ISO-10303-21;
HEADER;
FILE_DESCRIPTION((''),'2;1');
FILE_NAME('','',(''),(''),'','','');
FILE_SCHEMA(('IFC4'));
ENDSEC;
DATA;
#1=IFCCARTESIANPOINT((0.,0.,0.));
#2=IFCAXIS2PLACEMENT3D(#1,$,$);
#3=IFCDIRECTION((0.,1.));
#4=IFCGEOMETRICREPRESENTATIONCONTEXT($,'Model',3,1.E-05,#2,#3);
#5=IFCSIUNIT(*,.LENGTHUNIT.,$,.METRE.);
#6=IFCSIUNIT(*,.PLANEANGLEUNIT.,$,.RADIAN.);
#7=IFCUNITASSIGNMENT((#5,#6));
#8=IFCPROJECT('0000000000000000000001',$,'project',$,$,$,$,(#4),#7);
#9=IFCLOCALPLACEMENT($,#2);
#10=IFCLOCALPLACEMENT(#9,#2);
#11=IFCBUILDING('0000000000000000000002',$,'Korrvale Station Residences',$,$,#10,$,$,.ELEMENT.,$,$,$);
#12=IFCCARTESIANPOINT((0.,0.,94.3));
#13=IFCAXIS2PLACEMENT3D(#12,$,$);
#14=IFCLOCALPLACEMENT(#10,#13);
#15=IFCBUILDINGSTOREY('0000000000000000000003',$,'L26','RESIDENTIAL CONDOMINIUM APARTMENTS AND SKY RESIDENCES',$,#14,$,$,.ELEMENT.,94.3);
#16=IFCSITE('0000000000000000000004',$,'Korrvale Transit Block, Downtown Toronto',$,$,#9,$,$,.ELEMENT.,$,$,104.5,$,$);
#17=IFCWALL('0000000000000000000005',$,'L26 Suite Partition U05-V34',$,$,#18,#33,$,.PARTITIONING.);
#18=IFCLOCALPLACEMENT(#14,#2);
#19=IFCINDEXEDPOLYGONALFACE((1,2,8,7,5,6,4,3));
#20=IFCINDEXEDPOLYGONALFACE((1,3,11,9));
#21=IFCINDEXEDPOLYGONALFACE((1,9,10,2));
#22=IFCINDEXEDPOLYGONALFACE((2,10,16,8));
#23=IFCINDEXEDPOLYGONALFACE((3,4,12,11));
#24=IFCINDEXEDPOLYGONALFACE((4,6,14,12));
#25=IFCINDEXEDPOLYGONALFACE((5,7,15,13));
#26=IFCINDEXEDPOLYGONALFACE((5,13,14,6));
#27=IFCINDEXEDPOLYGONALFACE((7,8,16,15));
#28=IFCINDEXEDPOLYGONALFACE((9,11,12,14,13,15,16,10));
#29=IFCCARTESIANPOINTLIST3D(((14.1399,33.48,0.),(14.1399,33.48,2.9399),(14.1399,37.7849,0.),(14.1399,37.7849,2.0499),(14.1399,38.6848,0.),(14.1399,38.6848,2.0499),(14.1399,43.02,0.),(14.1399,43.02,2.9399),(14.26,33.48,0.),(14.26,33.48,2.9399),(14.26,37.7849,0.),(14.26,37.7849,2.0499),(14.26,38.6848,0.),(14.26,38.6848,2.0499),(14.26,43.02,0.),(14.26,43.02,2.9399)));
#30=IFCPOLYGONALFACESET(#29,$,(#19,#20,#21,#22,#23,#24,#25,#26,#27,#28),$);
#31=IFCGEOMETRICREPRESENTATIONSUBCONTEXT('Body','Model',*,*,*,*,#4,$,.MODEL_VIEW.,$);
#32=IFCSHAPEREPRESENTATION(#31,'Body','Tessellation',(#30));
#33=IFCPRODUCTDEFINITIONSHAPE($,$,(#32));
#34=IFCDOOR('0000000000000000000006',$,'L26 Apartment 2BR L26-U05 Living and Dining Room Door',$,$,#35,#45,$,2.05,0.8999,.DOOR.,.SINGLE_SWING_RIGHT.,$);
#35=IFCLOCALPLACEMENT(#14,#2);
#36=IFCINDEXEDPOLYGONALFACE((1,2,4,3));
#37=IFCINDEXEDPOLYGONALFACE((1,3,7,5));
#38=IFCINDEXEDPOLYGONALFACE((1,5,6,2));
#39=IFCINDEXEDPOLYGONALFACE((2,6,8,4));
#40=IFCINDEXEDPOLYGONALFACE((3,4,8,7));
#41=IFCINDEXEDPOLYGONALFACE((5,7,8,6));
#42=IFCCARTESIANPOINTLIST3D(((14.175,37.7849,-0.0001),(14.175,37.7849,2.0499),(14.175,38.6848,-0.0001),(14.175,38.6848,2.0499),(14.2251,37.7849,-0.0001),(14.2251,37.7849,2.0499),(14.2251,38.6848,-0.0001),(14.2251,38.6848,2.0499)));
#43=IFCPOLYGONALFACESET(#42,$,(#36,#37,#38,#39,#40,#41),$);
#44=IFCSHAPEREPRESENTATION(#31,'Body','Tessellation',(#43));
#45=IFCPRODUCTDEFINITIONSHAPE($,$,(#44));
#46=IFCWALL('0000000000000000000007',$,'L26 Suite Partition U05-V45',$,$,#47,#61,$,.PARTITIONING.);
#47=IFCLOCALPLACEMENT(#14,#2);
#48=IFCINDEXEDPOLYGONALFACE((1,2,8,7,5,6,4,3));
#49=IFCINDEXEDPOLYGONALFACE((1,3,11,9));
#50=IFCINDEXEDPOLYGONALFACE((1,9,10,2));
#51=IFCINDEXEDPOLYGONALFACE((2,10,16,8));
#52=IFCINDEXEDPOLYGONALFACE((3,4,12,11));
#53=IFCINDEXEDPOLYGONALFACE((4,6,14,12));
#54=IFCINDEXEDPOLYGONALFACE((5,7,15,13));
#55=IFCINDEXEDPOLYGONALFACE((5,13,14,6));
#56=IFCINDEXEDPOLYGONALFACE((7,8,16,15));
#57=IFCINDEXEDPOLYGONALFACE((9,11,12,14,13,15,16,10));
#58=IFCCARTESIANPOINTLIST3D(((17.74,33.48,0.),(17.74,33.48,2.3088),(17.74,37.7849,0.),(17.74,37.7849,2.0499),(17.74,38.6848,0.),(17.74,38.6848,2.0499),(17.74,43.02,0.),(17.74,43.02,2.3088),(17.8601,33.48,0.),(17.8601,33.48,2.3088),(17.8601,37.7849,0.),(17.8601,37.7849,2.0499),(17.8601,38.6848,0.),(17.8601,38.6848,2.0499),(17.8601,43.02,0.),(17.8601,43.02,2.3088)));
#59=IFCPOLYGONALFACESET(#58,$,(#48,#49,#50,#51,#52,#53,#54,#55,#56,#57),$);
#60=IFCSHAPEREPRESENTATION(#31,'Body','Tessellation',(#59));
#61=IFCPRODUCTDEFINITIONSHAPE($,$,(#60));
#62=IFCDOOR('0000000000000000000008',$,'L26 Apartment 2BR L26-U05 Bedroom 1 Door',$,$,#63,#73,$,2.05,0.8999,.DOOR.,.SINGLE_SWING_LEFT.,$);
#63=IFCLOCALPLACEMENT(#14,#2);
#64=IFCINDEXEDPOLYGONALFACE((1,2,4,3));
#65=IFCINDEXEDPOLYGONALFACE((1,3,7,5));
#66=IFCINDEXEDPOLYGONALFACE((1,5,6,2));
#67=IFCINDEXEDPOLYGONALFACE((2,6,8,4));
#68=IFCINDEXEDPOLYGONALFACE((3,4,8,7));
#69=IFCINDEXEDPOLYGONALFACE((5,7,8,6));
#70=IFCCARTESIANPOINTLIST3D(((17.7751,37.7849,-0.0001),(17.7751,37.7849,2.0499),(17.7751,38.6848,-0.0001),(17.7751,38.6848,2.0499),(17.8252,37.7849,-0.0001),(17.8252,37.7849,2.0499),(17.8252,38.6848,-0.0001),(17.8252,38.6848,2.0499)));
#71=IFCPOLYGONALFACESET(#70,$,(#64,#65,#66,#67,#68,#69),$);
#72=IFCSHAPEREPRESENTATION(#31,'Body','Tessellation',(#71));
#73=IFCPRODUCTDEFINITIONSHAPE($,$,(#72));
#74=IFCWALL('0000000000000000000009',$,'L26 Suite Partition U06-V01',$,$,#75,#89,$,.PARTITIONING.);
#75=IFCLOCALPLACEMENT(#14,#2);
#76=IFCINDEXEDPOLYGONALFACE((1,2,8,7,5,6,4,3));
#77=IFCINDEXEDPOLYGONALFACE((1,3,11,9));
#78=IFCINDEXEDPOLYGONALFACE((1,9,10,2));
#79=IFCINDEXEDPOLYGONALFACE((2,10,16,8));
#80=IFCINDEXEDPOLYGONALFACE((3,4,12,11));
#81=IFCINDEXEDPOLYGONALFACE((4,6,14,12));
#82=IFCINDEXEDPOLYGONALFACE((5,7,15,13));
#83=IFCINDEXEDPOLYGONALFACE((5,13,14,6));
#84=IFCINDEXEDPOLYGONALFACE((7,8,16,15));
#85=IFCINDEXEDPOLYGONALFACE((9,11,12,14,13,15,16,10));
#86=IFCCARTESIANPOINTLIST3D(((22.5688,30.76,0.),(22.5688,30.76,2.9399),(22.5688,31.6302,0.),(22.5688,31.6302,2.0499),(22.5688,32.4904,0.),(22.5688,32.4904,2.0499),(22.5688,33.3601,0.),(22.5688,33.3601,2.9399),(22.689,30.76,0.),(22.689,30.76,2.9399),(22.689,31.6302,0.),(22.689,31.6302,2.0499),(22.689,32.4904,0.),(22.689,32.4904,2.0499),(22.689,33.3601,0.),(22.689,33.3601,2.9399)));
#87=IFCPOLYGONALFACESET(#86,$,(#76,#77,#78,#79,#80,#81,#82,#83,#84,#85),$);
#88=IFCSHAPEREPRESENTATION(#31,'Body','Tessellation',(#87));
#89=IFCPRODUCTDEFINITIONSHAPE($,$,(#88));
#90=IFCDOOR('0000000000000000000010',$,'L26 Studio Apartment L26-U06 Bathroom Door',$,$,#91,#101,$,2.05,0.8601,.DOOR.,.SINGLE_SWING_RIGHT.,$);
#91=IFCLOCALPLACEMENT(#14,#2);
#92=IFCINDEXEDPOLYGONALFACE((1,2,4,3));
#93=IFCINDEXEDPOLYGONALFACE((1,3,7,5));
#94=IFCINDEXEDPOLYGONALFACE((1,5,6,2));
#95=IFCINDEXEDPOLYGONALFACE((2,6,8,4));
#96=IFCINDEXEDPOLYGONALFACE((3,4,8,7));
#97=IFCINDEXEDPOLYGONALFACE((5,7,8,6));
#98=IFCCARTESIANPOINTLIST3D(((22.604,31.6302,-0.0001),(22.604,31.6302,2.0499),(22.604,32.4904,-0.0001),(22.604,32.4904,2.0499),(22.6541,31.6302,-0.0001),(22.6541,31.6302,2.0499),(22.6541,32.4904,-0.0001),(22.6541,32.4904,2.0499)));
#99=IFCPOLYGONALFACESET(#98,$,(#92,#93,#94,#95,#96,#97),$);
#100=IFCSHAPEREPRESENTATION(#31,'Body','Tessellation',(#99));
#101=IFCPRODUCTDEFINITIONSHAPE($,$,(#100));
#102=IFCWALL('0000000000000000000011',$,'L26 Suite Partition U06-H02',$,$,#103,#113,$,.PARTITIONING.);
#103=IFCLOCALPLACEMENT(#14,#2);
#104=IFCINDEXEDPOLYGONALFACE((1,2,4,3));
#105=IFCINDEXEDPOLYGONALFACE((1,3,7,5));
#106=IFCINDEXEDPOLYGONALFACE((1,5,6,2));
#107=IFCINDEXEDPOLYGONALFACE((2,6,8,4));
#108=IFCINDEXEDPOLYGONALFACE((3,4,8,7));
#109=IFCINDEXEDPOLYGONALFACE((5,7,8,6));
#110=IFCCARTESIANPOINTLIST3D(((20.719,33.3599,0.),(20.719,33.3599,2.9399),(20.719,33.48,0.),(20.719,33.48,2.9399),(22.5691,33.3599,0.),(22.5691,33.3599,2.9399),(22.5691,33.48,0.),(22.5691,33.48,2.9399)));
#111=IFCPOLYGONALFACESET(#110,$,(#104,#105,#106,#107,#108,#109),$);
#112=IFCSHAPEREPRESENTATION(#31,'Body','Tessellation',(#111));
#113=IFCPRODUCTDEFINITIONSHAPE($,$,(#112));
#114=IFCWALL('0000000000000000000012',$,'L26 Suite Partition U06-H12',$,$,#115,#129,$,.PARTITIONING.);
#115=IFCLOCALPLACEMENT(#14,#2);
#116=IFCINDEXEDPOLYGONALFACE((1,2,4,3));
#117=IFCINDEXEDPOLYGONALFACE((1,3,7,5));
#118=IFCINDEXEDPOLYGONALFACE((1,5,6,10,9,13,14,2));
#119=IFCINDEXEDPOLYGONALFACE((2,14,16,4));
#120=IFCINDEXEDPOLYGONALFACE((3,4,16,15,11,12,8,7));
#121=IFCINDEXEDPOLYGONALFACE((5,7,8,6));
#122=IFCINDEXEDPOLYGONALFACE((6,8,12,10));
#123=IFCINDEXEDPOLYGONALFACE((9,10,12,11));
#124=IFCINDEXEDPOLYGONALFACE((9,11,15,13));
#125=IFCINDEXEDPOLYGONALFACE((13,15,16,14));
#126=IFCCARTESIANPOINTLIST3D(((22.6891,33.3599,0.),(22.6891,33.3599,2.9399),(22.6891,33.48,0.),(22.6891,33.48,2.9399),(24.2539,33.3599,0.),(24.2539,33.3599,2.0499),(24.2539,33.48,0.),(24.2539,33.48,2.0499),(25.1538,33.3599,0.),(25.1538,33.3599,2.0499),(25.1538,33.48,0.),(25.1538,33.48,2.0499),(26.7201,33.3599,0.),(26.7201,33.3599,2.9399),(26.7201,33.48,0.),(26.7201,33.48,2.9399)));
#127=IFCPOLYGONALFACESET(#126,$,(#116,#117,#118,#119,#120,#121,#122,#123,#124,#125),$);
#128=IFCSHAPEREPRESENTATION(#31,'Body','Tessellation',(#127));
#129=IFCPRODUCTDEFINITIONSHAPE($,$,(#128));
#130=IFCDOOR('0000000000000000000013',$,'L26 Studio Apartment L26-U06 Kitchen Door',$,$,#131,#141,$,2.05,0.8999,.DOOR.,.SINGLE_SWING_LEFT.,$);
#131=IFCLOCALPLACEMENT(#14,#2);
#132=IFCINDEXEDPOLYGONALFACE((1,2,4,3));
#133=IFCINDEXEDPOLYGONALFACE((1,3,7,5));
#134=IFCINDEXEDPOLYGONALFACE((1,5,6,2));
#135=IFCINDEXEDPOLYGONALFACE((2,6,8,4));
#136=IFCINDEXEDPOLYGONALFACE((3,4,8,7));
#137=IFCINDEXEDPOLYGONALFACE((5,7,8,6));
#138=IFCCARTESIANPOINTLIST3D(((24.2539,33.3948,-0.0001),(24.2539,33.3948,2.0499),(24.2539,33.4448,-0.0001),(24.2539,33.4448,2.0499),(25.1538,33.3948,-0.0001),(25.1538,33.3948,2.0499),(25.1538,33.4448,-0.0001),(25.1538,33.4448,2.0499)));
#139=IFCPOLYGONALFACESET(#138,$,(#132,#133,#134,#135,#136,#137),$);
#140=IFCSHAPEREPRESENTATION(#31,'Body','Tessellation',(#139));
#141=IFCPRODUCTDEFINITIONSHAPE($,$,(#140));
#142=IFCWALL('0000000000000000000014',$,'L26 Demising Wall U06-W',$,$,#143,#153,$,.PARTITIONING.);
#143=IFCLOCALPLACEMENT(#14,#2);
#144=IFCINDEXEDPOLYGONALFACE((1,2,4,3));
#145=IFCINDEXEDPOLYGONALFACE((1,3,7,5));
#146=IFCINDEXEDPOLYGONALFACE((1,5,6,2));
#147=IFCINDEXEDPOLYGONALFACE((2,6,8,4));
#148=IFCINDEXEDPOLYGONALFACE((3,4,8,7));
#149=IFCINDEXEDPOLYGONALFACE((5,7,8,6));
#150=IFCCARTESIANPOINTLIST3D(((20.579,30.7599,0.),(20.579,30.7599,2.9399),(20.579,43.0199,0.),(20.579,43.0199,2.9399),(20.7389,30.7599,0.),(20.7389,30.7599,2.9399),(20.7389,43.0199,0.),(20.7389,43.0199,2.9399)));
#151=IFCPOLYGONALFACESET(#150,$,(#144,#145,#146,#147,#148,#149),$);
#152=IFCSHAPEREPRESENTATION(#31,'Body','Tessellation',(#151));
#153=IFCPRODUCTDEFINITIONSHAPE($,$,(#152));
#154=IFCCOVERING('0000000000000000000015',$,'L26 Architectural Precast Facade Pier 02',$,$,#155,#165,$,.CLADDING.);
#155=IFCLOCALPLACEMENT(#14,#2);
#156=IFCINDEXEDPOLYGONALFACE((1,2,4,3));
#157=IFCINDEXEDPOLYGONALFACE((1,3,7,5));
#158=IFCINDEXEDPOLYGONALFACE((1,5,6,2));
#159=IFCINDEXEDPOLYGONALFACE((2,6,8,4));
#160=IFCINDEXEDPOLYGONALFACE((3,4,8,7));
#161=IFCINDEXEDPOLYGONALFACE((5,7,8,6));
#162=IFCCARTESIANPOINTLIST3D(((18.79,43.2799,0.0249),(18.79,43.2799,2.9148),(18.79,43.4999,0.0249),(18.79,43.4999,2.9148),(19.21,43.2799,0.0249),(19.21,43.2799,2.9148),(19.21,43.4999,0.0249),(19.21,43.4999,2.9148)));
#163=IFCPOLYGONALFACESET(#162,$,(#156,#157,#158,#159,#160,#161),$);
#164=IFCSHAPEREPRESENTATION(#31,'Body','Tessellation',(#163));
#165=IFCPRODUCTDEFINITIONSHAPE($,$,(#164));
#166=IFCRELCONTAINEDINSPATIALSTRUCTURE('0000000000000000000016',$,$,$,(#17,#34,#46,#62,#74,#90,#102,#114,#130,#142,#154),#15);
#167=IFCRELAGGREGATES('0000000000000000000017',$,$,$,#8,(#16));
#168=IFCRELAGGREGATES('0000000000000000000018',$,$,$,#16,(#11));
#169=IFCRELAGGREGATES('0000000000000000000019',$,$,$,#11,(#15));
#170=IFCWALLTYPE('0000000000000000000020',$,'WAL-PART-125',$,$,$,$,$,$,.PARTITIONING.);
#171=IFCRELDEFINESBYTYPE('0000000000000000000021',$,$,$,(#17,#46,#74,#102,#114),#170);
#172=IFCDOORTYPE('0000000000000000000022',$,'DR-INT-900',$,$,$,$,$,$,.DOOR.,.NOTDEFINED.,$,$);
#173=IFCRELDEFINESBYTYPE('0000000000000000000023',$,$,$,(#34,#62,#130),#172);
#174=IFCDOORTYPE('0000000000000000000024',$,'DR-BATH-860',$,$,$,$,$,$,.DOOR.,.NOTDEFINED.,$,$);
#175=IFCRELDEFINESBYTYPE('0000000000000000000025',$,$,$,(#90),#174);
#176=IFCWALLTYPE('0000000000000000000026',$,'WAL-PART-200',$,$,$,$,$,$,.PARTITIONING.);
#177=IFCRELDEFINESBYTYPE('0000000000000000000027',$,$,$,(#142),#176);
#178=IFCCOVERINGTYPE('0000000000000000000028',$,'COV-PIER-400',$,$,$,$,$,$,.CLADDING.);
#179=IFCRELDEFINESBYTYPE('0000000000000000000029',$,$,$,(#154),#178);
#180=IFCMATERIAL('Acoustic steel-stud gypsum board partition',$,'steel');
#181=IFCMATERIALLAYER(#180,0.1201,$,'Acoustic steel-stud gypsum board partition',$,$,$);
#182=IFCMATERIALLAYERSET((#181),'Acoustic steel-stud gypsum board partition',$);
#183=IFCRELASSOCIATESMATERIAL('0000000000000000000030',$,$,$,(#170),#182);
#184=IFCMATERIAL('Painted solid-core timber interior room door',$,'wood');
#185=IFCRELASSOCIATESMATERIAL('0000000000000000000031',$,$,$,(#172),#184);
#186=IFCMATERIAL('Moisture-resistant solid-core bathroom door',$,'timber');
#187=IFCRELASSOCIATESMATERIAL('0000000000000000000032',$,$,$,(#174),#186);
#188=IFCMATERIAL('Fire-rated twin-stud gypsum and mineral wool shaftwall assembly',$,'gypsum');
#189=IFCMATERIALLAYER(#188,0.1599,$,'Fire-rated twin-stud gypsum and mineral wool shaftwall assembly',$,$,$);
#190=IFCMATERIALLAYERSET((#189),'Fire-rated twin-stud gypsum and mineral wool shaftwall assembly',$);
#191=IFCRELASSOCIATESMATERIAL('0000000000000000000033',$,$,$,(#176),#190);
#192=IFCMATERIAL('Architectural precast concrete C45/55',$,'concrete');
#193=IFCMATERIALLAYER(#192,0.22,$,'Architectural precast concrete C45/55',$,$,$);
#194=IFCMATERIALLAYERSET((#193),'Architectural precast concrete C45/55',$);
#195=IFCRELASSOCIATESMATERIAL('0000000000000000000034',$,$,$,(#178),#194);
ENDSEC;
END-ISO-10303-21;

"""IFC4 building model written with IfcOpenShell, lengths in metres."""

from ifc_helpers import new_model, si_unit, direction, frame, frame_2d, origin, origin_2d, place, context, subcontext, project, spatial, rectangle, extrude, material, layer, layer_set, type_object, element, fill, save


model = new_model("IFC4")

# Units and contexts
model_context = context("Model", 3, precision=1e-05, world=origin(), true_north=direction((0.0, 1.0)))
body_context = subcontext(model_context, "Body", "Model", "MODEL_VIEW")
ifc_project = project(units=[si_unit("LENGTHUNIT", "METRE"), si_unit("PLANEANGLEUNIT", "RADIAN")], contexts=[model_context])

# Site, building, storey
site_placement = place(None, origin())
site = spatial("IfcSite", under=ifc_project, at=site_placement, Name="Korrvale Transit Block, Downtown Toronto", CompositionType="ELEMENT", RefElevation=104.5)
building_placement = place(site_placement, origin())
building = spatial("IfcBuilding", under=site, at=building_placement, Name="Korrvale Station Residences", CompositionType="ELEMENT")
storey_placement = place(building_placement, frame((0.0, 0.0, 94.3)))
storey = spatial("IfcBuildingStorey", under=building, at=storey_placement, Name="L26", Description="RESIDENTIAL CONDOMINIUM APARTMENTS AND SKY RESIDENCES", CompositionType="ELEMENT", Elevation=94.3)

# Shared definitions
ifc_material_1 = material(Name="Acoustic steel-stud gypsum board partition", Category="steel")
ifc_layer_1 = layer(ifc_material_1, 0.1201, Name="Acoustic steel-stud gypsum board partition")
ifc_layer_set_1 = layer_set([ifc_layer_1], Name="Acoustic steel-stud gypsum board partition")
wall_type_1 = type_object("IfcWallType", Name="WAL-PART-125", PredefinedType="PARTITIONING", material=ifc_layer_set_1)
ifc_material_2 = material(Name="Painted solid-core timber interior room door", Category="wood")
door_type_1 = type_object("IfcDoorType", Name="DR-INT-900", OperationType="NOTDEFINED", PredefinedType="DOOR", material=ifc_material_2)

# Walls, openings, doors
wall_1_placement = place(storey_placement, frame((14.2, 33.48, 0.0), z_axis=(0.0, 0.0, 1.0), x_axis=(0.0, 1.0, 0.0)))
wall_1 = element("IfcWall", 1, at=wall_1_placement, inside=storey, type_object=wall_type_1, Name="L26 Suite Partition U05-V34", PredefinedType="PARTITIONING", context=body_context, shape_type="SweptSolid", body=[
    extrude(rectangle(XDim=9.54, YDim=0.1201, at=frame_2d((4.77, 0.0))), origin(), (0.0, 0.0, 1.0), 2.9399),
])
opening_1_placement = place(wall_1_placement, frame((4.3049, 0.0, 0.0)))
opening_1 = element("IfcOpeningElement", 2, at=opening_1_placement, cuts=wall_1, PredefinedType="OPENING", context=body_context, shape_type="SweptSolid", body=[
    extrude(rectangle(XDim=0.8999, YDim=2.05, at=frame_2d((0.45, 1.0249))), frame((0.0, 0.0701, 0.0), z_axis=(0.0, -1.0, 0.0), x_axis=(1.0, 0.0, 0.0)), (0.0, 0.0, 1.0), 0.1401),
])
door_1_placement = place(opening_1_placement, origin())
door_1 = element("IfcDoor", 3, at=door_1_placement, inside=storey, type_object=door_type_1, Name="L26 Apartment 2BR L26-U05 Living and Dining Room Door", OperationType="SINGLE_SWING_RIGHT", OverallHeight=2.05, OverallWidth=0.8999, PredefinedType="DOOR", context=body_context, shape_type="SweptSolid", body=[
    extrude(rectangle(XDim=0.8999, YDim=2.05, at=frame_2d((0.45, 1.0249))), frame((0.0, 0.0249, 0.0), z_axis=(0.0, -1.0, 0.0), x_axis=(1.0, 0.0, 0.0)), (0.0, 0.0, 1.0), 0.05),
])
fill(opening_1, door_1)
wall_2_placement = place(storey_placement, frame((17.8, 33.48, 0.0), z_axis=(0.0, 0.0, 1.0), x_axis=(0.0, 1.0, 0.0)))
wall_2 = element("IfcWall", 4, at=wall_2_placement, inside=storey, type_object=wall_type_1, Name="L26 Suite Partition U05-V45", PredefinedType="PARTITIONING", context=body_context, shape_type="SweptSolid", body=[
    extrude(rectangle(XDim=9.54, YDim=0.1201, at=frame_2d((4.77, 0.0))), origin(), (0.0, 0.0, 1.0), 2.3088),
])
opening_2_placement = place(wall_2_placement, frame((4.3049, 0.0, 0.0)))
opening_2 = element("IfcOpeningElement", 5, at=opening_2_placement, cuts=wall_2, PredefinedType="OPENING", context=body_context, shape_type="SweptSolid", body=[
    extrude(rectangle(XDim=0.8999, YDim=2.05, at=frame_2d((0.45, 1.0249))), frame((0.0, 0.0701, 0.0), z_axis=(0.0, -1.0, 0.0), x_axis=(1.0, 0.0, 0.0)), (0.0, 0.0, 1.0), 0.1401),
])
door_2_placement = place(opening_2_placement, origin())
door_2 = element("IfcDoor", 6, at=door_2_placement, inside=storey, type_object=door_type_1, Name="L26 Apartment 2BR L26-U05 Bedroom 1 Door", OperationType="SINGLE_SWING_LEFT", OverallHeight=2.05, OverallWidth=0.8999, PredefinedType="DOOR", context=body_context, shape_type="SweptSolid", body=[
    extrude(rectangle(XDim=0.8999, YDim=2.05, at=frame_2d((0.45, 1.0249))), frame((0.0, 0.0249, 0.0), z_axis=(0.0, -1.0, 0.0), x_axis=(1.0, 0.0, 0.0)), (0.0, 0.0, 1.0), 0.05),
])
fill(opening_2, door_2)
wall_3_placement = place(storey_placement, frame((22.6289, 30.76, 0.0), z_axis=(0.0, 0.0, 1.0), x_axis=(0.0, 1.0, 0.0)))
wall_3 = element("IfcWall", 7, at=wall_3_placement, inside=storey, type_object=wall_type_1, Name="L26 Suite Partition U06-V01", PredefinedType="PARTITIONING", context=body_context, shape_type="SweptSolid", body=[
    extrude(rectangle(XDim=2.6001, YDim=0.1201, at=frame_2d((1.3, 0.0))), origin(), (0.0, 0.0, 1.0), 2.9399),
])
opening_3_placement = place(wall_3_placement, frame((0.8701, 0.0, 0.0)))
opening_3 = element("IfcOpeningElement", 8, at=opening_3_placement, cuts=wall_3, PredefinedType="OPENING", context=body_context, shape_type="SweptSolid", body=[
    extrude(rectangle(XDim=0.8601, YDim=2.05, at=frame_2d((0.4302, 1.0249))), frame((0.0, 0.0701, 0.0), z_axis=(0.0, -1.0, 0.0), x_axis=(1.0, 0.0, 0.0)), (0.0, 0.0, 1.0), 0.1401),
])
ifc_material_3 = material(Name="Moisture-resistant solid-core bathroom door", Category="timber")
door_type_2 = type_object("IfcDoorType", Name="DR-BATH-860", OperationType="NOTDEFINED", PredefinedType="DOOR", material=ifc_material_3)
door_3_placement = place(opening_3_placement, origin())
door_3 = element("IfcDoor", 9, at=door_3_placement, inside=storey, type_object=door_type_2, Name="L26 Studio Apartment L26-U06 Bathroom Door", OperationType="SINGLE_SWING_RIGHT", OverallHeight=2.05, OverallWidth=0.8601, PredefinedType="DOOR", context=body_context, shape_type="SweptSolid", body=[
    extrude(rectangle(XDim=0.8601, YDim=2.05, at=frame_2d((0.4302, 1.0249))), frame((0.0, 0.0249, 0.0), z_axis=(0.0, -1.0, 0.0), x_axis=(1.0, 0.0, 0.0)), (0.0, 0.0, 1.0), 0.05),
])
fill(opening_3, door_3)

# Wall
wall_4_placement = place(storey_placement, frame((20.719, 33.4199, 0.0), z_axis=(0.0, 0.0, 1.0), x_axis=(1.0, 0.0, 0.0)))
element("IfcWall", 10, at=wall_4_placement, inside=storey, type_object=wall_type_1, Name="L26 Suite Partition U06-H02", PredefinedType="PARTITIONING", context=body_context, shape_type="SweptSolid", body=[
    extrude(rectangle(XDim=1.8501, YDim=0.1201, at=frame_2d((0.925, 0.0))), origin(), (0.0, 0.0, 1.0), 2.9399),
])

# Wall, opening, door
wall_5_placement = place(storey_placement, frame((22.689, 33.4199, 0.0), z_axis=(0.0, 0.0, 1.0), x_axis=(1.0, 0.0, 0.0)))
wall_5 = element("IfcWall", 11, at=wall_5_placement, inside=storey, type_object=wall_type_1, Name="L26 Suite Partition U06-H12", PredefinedType="PARTITIONING", context=body_context, shape_type="SweptSolid", body=[
    extrude(rectangle(XDim=4.031, YDim=0.1201, at=frame_2d((2.0156, 0.0))), origin(), (0.0, 0.0, 1.0), 2.9399),
])
opening_4_placement = place(wall_5_placement, frame((1.5649, 0.0, 0.0)))
opening_4 = element("IfcOpeningElement", 12, at=opening_4_placement, cuts=wall_5, PredefinedType="OPENING", context=body_context, shape_type="SweptSolid", body=[
    extrude(rectangle(XDim=0.8999, YDim=2.05, at=frame_2d((0.45, 1.0249))), frame((0.0, 0.0701, 0.0), z_axis=(0.0, -1.0, 0.0), x_axis=(1.0, 0.0, 0.0)), (0.0, 0.0, 1.0), 0.1401),
])
door_4_placement = place(opening_4_placement, origin())
door_4 = element("IfcDoor", 13, at=door_4_placement, inside=storey, type_object=door_type_1, Name="L26 Studio Apartment L26-U06 Kitchen Door", OperationType="SINGLE_SWING_LEFT", OverallHeight=2.05, OverallWidth=0.8999, PredefinedType="DOOR", context=body_context, shape_type="SweptSolid", body=[
    extrude(rectangle(XDim=0.8999, YDim=2.05, at=frame_2d((0.45, 1.0249))), frame((0.0, 0.0249, 0.0), z_axis=(0.0, -1.0, 0.0), x_axis=(1.0, 0.0, 0.0)), (0.0, 0.0, 1.0), 0.05),
])
fill(opening_4, door_4)

# Wall
ifc_material_4 = material(Name="Fire-rated twin-stud gypsum and mineral wool shaftwall assembly", Category="gypsum")
ifc_layer_2 = layer(ifc_material_4, 0.1599, Name="Fire-rated twin-stud gypsum and mineral wool shaftwall assembly")
ifc_layer_set_2 = layer_set([ifc_layer_2], Name="Fire-rated twin-stud gypsum and mineral wool shaftwall assembly")
wall_type_2 = type_object("IfcWallType", Name="WAL-PART-200", PredefinedType="PARTITIONING", material=ifc_layer_set_2)
wall_6_placement = place(storey_placement, frame((20.6589, 30.76, 0.0), z_axis=(0.0, 0.0, 1.0), x_axis=(0.0, 1.0, 0.0)))
element("IfcWall", 14, at=wall_6_placement, inside=storey, type_object=wall_type_2, Name="L26 Demising Wall U06-W", PredefinedType="PARTITIONING", context=body_context, shape_type="SweptSolid", body=[
    extrude(rectangle(XDim=12.26, YDim=0.1599, at=frame_2d((6.1299, 0.0))), origin(), (0.0, 0.0, 1.0), 2.9399),
])

# Covering
ifc_material_5 = material(Name="Architectural precast concrete C45/55", Category="concrete")
ifc_layer_3 = layer(ifc_material_5, 0.22, Name="Architectural precast concrete C45/55")
ifc_layer_set_3 = layer_set([ifc_layer_3], Name="Architectural precast concrete C45/55")
covering_type = type_object("IfcCoveringType", Name="COV-PIER-400", PredefinedType="CLADDING", material=ifc_layer_set_3)
covering_placement = place(storey_placement, frame((19.0, 43.3899, 0.0249), z_axis=(0.0, 0.0, 1.0), x_axis=(1.0, 0.0, 0.0)))
element("IfcCovering", 15, at=covering_placement, inside=storey, type_object=covering_type, Name="L26 Architectural Precast Facade Pier 02", PredefinedType="CLADDING", context=body_context, shape_type="SweptSolid", body=[
    extrude(rectangle(XDim=0.4199, YDim=0.22, at=origin_2d()), origin(), (0.0, 0.0, 1.0), 2.8899),
])

save(model, "model.ifc")
